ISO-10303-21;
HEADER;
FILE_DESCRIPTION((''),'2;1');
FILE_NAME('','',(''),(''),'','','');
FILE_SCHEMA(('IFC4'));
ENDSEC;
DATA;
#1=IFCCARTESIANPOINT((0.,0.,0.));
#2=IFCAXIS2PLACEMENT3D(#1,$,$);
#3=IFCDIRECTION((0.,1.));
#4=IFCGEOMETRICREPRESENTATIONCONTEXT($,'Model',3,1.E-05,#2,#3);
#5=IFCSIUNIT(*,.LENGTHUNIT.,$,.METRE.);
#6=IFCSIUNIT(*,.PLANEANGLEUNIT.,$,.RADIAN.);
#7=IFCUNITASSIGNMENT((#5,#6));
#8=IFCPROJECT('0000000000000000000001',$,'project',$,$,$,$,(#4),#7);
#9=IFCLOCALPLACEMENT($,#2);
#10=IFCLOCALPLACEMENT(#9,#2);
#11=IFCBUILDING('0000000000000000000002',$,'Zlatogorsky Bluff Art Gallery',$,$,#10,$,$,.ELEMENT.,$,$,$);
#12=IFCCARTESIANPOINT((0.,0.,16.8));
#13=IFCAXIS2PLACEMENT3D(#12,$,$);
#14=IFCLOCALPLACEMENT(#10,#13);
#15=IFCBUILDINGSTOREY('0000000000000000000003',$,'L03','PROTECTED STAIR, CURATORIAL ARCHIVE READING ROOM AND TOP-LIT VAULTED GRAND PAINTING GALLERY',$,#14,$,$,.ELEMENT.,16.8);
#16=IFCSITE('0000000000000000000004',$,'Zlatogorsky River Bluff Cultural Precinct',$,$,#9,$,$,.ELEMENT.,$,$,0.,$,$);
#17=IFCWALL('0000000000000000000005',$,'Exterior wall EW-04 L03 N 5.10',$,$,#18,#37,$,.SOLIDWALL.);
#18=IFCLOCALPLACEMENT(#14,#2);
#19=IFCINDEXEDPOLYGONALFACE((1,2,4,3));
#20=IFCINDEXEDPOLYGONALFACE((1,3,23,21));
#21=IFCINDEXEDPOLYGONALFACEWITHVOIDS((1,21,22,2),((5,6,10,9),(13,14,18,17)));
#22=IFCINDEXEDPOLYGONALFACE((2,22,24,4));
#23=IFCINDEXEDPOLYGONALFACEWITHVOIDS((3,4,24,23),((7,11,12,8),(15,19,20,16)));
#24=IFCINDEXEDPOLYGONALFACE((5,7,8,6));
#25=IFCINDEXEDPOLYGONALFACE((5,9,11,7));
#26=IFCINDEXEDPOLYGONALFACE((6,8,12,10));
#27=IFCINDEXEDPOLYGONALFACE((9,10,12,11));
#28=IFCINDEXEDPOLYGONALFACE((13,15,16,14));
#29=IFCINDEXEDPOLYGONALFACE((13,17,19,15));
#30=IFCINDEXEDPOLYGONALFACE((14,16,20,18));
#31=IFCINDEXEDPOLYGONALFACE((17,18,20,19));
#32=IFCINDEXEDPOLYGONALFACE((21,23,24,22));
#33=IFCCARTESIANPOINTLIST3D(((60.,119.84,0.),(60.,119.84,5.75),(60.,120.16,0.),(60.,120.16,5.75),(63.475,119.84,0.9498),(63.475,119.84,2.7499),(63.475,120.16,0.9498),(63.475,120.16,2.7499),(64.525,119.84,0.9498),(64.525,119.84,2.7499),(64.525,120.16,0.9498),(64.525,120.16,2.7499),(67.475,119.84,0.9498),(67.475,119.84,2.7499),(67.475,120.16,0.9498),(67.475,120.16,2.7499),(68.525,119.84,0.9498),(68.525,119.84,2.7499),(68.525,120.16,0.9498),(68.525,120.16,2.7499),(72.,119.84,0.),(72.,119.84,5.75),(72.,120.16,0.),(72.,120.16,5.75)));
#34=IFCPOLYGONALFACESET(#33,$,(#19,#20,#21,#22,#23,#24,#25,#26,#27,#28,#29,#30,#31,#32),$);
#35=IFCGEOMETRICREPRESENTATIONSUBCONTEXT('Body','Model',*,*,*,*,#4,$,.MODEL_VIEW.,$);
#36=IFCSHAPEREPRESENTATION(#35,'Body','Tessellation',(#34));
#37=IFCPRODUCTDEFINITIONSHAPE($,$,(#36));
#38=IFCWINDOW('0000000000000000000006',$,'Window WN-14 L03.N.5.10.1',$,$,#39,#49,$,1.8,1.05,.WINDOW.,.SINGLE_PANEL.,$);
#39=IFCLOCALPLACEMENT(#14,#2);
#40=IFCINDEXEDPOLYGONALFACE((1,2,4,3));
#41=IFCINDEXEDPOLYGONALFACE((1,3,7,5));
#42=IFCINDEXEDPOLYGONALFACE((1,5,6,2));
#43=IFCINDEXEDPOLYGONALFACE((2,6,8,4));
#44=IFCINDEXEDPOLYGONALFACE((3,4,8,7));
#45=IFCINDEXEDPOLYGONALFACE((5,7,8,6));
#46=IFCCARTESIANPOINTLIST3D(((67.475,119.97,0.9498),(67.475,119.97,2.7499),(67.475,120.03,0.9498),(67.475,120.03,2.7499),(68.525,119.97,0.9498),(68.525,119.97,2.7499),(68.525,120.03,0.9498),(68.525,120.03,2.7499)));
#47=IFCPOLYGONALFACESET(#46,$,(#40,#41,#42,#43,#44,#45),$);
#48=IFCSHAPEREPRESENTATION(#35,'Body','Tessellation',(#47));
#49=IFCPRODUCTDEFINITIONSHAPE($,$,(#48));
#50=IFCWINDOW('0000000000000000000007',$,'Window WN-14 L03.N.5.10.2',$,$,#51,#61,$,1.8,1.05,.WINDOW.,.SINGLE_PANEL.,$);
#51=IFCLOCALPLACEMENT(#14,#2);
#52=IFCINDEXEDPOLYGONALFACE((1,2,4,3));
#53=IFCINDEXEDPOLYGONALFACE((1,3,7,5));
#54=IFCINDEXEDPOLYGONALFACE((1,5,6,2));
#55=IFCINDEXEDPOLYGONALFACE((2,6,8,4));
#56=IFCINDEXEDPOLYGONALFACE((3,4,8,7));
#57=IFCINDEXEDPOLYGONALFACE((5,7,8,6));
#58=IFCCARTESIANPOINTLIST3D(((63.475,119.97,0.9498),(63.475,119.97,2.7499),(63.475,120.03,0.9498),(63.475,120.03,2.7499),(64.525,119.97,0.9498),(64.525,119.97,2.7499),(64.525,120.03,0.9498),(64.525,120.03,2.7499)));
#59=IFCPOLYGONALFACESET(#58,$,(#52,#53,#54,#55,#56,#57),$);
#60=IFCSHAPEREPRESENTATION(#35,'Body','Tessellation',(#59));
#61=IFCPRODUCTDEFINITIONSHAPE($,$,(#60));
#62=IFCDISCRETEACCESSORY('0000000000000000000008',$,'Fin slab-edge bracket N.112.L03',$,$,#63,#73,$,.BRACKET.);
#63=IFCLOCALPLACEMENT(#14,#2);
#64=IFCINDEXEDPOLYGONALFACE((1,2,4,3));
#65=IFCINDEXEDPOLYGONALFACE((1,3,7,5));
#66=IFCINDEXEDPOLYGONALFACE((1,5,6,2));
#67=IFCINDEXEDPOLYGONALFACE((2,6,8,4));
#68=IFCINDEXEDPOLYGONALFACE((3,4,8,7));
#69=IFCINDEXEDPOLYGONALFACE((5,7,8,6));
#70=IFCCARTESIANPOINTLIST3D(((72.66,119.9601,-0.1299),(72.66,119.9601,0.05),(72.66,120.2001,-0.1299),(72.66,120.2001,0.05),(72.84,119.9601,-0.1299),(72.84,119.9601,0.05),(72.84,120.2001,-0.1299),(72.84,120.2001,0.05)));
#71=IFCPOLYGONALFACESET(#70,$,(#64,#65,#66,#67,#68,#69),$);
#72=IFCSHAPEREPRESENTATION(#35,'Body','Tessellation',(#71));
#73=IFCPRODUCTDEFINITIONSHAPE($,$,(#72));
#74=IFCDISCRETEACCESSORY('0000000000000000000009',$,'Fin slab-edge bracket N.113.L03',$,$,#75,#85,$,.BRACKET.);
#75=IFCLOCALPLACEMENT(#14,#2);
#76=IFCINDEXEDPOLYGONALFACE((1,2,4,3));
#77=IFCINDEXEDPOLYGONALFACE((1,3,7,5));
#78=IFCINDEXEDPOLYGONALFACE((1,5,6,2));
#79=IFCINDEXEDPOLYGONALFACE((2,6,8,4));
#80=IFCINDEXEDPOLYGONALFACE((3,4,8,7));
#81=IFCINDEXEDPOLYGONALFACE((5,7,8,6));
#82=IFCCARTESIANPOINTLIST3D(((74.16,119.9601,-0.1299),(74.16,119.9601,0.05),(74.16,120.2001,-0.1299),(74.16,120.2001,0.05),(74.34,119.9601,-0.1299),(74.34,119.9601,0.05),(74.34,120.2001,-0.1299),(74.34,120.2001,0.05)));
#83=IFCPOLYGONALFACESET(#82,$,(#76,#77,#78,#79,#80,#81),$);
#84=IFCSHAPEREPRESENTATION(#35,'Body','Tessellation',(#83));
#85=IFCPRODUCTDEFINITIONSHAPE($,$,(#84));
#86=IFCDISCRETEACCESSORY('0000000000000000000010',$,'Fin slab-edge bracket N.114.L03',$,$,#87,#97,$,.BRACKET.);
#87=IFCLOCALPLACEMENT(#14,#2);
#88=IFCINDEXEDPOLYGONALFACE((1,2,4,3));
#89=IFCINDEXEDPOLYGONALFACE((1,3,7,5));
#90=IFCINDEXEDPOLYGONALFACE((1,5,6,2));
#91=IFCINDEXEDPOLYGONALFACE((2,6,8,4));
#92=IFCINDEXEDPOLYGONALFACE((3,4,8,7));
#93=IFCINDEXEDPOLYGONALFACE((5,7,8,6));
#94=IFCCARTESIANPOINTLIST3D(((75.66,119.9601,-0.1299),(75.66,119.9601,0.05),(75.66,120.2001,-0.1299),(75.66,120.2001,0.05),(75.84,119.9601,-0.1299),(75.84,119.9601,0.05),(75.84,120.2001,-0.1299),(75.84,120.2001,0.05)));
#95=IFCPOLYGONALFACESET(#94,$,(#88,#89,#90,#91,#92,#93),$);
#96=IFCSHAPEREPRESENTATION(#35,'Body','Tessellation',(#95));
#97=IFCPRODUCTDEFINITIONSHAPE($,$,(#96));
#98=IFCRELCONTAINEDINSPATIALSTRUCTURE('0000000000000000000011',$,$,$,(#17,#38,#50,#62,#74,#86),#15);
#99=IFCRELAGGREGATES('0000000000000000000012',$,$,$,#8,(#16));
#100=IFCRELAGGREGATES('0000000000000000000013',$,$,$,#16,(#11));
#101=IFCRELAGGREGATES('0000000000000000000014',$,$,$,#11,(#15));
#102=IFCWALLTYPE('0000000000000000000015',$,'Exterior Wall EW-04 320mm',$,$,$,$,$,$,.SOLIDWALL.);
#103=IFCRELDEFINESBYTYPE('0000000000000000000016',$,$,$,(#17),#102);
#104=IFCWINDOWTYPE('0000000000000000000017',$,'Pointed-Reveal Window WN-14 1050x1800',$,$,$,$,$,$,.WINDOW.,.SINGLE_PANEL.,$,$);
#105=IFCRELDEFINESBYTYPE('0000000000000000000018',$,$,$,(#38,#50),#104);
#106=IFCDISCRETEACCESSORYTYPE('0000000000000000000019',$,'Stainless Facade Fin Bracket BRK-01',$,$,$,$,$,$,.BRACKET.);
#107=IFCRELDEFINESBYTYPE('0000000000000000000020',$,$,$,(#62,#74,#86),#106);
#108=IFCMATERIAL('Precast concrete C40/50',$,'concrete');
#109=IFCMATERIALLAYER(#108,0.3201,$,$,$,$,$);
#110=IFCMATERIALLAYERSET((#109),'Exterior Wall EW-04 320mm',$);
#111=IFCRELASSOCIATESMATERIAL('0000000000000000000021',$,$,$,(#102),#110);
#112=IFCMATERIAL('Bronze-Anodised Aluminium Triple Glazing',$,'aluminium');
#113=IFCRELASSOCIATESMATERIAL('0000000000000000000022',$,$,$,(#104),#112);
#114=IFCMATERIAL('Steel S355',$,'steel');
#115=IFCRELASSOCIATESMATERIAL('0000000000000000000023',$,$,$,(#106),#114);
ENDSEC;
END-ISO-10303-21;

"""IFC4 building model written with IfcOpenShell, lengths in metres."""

from ifc_helpers import new_model, si_unit, direction, frame, frame_2d, origin, origin_2d, place, context, subcontext, project, spatial, rectangle, extrude, material, layer, layer_set, type_object, element, fill, save


model = new_model("IFC4")

# Units and contexts
model_context = context("Model", 3, precision=1e-05, world=origin(), true_north=direction((0.0, 1.0)))
body_context = subcontext(model_context, "Body", "Model", "MODEL_VIEW")
ifc_project = project(units=[si_unit("LENGTHUNIT", "METRE"), si_unit("PLANEANGLEUNIT", "RADIAN")], contexts=[model_context])

# Site, building, storey
site_placement = place(None, origin())
site = spatial("IfcSite", under=ifc_project, at=site_placement, Name="Zlatogorsky River Bluff Cultural Precinct", CompositionType="ELEMENT", RefElevation=0.0)
building_placement = place(site_placement, origin())
building = spatial("IfcBuilding", under=site, at=building_placement, Name="Zlatogorsky Bluff Art Gallery", CompositionType="ELEMENT")
storey_placement = place(building_placement, frame((0.0, 0.0, 16.8)))
storey = spatial("IfcBuildingStorey", under=building, at=storey_placement, Name="L03", Description="PROTECTED STAIR, CURATORIAL ARCHIVE READING ROOM AND TOP-LIT VAULTED GRAND PAINTING GALLERY", CompositionType="ELEMENT", Elevation=16.8)

# Shared definitions
ifc_material_1 = material(Name="Steel S355", Category="steel")

# Wall, openings, windows
ifc_material_2 = material(Name="Precast concrete C40/50", Category="concrete")
ifc_layer_1 = layer(ifc_material_2, 0.3201)
ifc_layer_set_1 = layer_set([ifc_layer_1], Name="Exterior Wall EW-04 320mm")
wall_type = type_object("IfcWallType", Name="Exterior Wall EW-04 320mm", PredefinedType="SOLIDWALL", material=ifc_layer_set_1)
wall_placement = place(storey_placement, frame((72.0, 120.0, 0.0), z_axis=(0.0, 0.0, 1.0), x_axis=(-1.0, 0.0, 0.0)))
wall = element("IfcWall", 1, at=wall_placement, inside=storey, type_object=wall_type, Name="Exterior wall EW-04 L03 N 5.10", PredefinedType="SOLIDWALL", context=body_context, shape_type="SweptSolid", body=[
    extrude(rectangle(XDim=12.0, YDim=0.3201, at=frame_2d((6.0, 0.0))), origin(), (0.0, 0.0, 1.0), 5.75),
])
opening_1_placement = place(wall_placement, frame((3.4751, 0.0, 0.95)))
opening_1 = element("IfcOpeningElement", 2, at=opening_1_placement, cuts=wall, PredefinedType="OPENING", context=body_context, shape_type="SweptSolid", body=[
    extrude(rectangle(XDim=1.05, YDim=1.8, at=frame_2d((0.5249, 0.8999))), frame((0.0, 0.1699, 0.0), z_axis=(0.0, -1.0, 0.0), x_axis=(1.0, 0.0, 0.0)), (0.0, 0.0, 1.0), 0.3401),
])
opening_2_placement = place(wall_placement, frame((7.4751, 0.0, 0.95)))
opening_2 = element("IfcOpeningElement", 3, at=opening_2_placement, cuts=wall, PredefinedType="OPENING", context=body_context, shape_type="SweptSolid", body=[
    extrude(rectangle(XDim=1.05, YDim=1.8, at=frame_2d((0.5249, 0.8999))), frame((0.0, 0.1699, 0.0), z_axis=(0.0, -1.0, 0.0), x_axis=(1.0, 0.0, 0.0)), (0.0, 0.0, 1.0), 0.3401),
])
ifc_material_3 = material(Name="Bronze-Anodised Aluminium Triple Glazing", Category="aluminium")
window_type = type_object("IfcWindowType", Name="Pointed-Reveal Window WN-14 1050x1800", PartitioningType="SINGLE_PANEL", PredefinedType="WINDOW", material=ifc_material_3)
window_1_placement = place(opening_1_placement, origin())
window_1 = element("IfcWindow", 4, at=window_1_placement, inside=storey, type_object=window_type, Name="Window WN-14 L03.N.5.10.1", OverallHeight=1.8, OverallWidth=1.05, PartitioningType="SINGLE_PANEL", PredefinedType="WINDOW", context=body_context, shape_type="SweptSolid", body=[
    extrude(rectangle(XDim=1.05, YDim=1.8, at=frame_2d((0.5249, 0.8999))), frame((0.0, 0.03, 0.0), z_axis=(0.0, -1.0, 0.0), x_axis=(1.0, 0.0, 0.0)), (0.0, 0.0, 1.0), 0.0601),
])
fill(opening_1, window_1)
window_2_placement = place(opening_2_placement, origin())
window_2 = element("IfcWindow", 5, at=window_2_placement, inside=storey, type_object=window_type, Name="Window WN-14 L03.N.5.10.2", OverallHeight=1.8, OverallWidth=1.05, PartitioningType="SINGLE_PANEL", PredefinedType="WINDOW", context=body_context, shape_type="SweptSolid", body=[
    extrude(rectangle(XDim=1.05, YDim=1.8, at=frame_2d((0.5249, 0.8999))), frame((0.0, 0.03, 0.0), z_axis=(0.0, -1.0, 0.0), x_axis=(1.0, 0.0, 0.0)), (0.0, 0.0, 1.0), 0.0601),
])
fill(opening_2, window_2)

# Discrete accessories
discrete_accessory_type = type_object("IfcDiscreteAccessoryType", Name="Stainless Facade Fin Bracket BRK-01", PredefinedType="BRACKET", material=ifc_material_1)
for number, where, z_axis, x_axis, name in (
    (6, (72.75, 120.0801, -0.1299), (0.0, 0.0, 1.0), (1.0, 0.0, 0.0), "Fin slab-edge bracket N.112.L03"),
    (7, (74.25, 120.0801, -0.1299), (0.0, 0.0, 1.0), (1.0, 0.0, 0.0), "Fin slab-edge bracket N.113.L03"),
    (8, (75.75, 120.0801, -0.1299), (0.0, 0.0, 1.0), (1.0, 0.0, 0.0), "Fin slab-edge bracket N.114.L03"),
):
    element("IfcDiscreteAccessory", number, at=place(storey_placement, frame(where, z_axis=z_axis, x_axis=x_axis)), inside=storey, type_object=discrete_accessory_type, Name=name, PredefinedType="BRACKET", context=body_context, shape_type="SweptSolid", body=[
        extrude(rectangle(XDim=0.1799, YDim=0.24, at=origin_2d()), origin(), (0.0, 0.0, 1.0), 0.1799),
    ])

save(model, "model.ifc")
